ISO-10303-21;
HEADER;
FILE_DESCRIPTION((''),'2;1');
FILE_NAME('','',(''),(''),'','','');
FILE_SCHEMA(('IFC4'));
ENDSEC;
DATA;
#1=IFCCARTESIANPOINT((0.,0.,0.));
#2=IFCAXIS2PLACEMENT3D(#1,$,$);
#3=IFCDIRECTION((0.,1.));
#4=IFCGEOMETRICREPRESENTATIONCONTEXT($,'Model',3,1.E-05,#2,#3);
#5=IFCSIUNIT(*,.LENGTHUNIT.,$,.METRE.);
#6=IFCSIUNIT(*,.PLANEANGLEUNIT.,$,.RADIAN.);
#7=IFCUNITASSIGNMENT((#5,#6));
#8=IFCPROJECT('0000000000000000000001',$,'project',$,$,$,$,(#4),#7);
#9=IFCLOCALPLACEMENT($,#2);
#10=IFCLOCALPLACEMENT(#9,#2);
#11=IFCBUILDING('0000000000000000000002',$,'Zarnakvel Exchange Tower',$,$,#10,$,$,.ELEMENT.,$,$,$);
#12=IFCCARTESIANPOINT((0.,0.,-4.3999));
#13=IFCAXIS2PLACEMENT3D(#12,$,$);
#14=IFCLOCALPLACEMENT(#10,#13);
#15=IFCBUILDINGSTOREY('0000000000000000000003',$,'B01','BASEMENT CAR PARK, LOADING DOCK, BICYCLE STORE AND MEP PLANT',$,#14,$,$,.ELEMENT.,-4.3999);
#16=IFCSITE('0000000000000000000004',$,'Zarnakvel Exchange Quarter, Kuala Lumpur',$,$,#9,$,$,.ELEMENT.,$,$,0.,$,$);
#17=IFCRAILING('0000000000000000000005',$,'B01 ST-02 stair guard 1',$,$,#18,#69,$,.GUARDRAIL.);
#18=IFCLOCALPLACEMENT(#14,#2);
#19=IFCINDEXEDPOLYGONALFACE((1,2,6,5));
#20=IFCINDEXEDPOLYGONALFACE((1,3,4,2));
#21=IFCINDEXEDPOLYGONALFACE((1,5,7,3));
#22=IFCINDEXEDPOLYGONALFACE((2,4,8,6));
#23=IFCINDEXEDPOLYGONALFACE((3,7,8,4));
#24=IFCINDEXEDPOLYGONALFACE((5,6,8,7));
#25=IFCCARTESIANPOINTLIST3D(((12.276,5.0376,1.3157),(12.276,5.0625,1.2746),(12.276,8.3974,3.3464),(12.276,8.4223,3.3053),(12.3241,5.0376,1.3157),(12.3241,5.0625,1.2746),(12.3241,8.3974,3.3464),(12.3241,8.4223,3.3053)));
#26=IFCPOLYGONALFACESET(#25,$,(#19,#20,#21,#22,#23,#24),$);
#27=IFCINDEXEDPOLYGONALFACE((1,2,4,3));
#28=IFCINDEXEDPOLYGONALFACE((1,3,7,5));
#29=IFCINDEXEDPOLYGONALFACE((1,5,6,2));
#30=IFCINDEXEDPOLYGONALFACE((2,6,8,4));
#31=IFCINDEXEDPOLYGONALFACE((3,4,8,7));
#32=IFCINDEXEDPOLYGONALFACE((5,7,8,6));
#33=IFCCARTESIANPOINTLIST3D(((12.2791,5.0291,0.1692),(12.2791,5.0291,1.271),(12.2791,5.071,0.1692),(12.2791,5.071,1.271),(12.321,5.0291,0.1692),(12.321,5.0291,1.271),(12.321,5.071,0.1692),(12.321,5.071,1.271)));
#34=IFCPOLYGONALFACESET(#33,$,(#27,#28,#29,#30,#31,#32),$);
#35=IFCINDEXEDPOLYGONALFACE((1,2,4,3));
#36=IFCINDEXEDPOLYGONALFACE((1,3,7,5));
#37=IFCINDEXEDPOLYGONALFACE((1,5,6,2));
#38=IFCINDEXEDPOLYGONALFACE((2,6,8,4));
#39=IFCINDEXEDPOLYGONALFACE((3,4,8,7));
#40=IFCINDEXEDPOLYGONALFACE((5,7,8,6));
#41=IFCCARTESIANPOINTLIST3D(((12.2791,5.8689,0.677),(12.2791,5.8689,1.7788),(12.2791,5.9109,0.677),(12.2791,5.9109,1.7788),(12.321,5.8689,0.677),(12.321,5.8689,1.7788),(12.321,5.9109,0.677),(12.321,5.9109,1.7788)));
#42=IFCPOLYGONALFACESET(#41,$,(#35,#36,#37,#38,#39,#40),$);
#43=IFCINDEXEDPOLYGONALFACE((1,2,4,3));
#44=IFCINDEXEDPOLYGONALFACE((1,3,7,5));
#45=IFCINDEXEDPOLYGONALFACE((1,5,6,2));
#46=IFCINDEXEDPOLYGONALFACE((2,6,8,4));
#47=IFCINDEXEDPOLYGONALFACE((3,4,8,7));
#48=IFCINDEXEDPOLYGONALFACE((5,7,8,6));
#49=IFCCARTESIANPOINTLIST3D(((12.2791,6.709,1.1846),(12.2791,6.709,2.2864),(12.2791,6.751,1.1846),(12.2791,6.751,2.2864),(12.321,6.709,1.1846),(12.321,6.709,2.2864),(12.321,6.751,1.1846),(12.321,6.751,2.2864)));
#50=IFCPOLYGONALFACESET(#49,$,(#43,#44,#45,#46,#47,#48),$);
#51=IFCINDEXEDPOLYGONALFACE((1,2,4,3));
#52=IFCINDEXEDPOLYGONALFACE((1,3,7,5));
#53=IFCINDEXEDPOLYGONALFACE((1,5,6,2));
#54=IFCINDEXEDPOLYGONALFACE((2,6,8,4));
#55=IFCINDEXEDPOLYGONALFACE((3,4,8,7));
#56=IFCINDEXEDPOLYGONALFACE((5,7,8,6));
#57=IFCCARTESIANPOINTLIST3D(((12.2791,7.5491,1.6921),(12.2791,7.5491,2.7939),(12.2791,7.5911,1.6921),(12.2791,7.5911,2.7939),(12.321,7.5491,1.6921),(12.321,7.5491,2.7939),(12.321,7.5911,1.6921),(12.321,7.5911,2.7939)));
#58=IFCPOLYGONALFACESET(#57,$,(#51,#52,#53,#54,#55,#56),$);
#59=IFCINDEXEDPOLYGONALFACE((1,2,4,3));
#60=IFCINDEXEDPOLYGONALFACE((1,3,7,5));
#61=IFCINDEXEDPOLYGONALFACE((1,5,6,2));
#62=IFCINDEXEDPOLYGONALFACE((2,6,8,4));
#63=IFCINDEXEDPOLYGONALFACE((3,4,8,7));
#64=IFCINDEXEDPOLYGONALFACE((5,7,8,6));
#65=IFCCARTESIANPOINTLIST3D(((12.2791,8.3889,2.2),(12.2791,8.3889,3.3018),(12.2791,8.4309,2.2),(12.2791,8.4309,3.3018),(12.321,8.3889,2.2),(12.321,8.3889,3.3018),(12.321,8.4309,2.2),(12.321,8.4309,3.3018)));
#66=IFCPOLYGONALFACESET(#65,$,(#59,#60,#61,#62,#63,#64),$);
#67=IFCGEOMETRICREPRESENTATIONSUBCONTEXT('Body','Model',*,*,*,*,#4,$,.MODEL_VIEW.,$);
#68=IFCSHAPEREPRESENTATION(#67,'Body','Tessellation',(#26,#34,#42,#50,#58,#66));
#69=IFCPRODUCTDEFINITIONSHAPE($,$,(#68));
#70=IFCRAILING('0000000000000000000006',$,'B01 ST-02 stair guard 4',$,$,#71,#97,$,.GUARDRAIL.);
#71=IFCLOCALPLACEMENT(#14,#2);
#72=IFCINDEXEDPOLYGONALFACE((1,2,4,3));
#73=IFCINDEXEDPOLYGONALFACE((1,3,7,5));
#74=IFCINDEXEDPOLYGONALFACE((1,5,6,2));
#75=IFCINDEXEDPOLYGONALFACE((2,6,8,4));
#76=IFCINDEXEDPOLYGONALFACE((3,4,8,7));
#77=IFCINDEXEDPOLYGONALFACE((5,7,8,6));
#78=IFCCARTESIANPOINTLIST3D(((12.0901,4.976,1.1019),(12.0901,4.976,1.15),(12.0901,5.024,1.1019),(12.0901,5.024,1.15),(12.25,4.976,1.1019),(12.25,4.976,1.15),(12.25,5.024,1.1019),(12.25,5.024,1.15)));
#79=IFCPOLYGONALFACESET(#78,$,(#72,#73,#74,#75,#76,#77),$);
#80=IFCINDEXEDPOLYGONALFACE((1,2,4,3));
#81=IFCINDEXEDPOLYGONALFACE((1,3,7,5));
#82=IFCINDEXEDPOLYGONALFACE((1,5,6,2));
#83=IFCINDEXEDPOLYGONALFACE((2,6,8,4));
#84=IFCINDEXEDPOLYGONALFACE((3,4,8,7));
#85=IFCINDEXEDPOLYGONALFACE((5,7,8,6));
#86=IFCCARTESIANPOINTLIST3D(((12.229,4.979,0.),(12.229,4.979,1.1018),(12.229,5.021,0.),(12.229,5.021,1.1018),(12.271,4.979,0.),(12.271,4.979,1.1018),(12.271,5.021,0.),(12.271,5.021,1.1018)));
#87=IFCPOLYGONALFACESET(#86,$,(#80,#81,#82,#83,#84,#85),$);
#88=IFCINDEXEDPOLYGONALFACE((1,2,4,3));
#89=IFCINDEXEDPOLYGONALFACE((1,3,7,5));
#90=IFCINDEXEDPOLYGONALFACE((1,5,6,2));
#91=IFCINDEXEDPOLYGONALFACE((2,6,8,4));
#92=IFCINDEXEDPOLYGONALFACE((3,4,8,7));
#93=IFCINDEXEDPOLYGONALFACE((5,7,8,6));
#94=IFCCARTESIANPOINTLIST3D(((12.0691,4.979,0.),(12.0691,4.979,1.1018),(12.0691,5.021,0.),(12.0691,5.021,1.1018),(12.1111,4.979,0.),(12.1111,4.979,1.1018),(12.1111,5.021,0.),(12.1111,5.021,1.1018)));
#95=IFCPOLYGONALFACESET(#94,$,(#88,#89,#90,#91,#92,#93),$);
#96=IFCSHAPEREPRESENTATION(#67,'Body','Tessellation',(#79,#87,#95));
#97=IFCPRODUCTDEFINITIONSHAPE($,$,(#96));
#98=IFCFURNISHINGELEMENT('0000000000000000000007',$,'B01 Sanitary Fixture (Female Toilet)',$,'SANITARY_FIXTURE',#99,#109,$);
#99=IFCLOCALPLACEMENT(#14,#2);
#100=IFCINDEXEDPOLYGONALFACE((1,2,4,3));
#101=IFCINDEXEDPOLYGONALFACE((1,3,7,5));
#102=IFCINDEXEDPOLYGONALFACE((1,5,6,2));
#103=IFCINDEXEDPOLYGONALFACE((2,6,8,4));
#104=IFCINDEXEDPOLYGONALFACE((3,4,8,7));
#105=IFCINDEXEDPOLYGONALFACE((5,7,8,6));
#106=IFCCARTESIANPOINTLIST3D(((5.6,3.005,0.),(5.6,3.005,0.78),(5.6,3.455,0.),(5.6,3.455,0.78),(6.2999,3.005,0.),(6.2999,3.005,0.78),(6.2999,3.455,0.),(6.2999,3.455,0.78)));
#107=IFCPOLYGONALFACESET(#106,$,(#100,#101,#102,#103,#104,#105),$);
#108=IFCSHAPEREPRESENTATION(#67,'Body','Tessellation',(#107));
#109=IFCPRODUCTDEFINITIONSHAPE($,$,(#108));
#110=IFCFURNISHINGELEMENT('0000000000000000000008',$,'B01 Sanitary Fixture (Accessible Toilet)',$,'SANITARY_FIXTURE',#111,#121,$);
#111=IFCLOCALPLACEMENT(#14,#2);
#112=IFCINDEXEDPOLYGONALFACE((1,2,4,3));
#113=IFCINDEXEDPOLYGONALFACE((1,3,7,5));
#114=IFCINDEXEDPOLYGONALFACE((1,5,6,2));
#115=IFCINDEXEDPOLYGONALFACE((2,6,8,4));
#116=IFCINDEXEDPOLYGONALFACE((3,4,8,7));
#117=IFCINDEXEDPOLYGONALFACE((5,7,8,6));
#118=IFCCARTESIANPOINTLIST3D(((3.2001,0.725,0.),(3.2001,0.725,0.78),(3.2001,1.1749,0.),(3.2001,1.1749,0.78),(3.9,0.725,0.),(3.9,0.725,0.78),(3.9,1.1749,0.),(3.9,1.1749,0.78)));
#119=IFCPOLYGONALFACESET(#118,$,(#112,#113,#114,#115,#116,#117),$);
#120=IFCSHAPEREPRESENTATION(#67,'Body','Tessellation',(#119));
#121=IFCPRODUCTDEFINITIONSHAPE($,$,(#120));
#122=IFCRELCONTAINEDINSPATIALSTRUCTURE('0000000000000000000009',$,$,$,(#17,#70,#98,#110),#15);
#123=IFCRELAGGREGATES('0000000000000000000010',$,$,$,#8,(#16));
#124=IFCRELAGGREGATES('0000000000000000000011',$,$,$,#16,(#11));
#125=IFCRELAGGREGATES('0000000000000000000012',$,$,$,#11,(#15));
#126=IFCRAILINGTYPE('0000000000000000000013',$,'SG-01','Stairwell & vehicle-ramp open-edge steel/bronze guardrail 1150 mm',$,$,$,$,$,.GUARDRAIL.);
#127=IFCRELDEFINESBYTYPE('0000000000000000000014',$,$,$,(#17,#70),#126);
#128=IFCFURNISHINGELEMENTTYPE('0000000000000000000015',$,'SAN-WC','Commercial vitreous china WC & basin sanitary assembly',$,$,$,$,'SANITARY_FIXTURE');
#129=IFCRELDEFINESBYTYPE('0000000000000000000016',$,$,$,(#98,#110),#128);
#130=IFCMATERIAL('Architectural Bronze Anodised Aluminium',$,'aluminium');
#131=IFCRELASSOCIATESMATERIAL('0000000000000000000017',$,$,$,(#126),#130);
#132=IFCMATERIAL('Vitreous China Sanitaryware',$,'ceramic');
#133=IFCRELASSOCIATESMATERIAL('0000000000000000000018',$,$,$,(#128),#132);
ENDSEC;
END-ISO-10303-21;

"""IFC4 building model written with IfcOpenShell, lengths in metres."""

from ifc_helpers import new_model, si_unit, direction, frame, origin, origin_2d, place, context, subcontext, project, spatial, rectangle, extrude, source, transform, mapped, material, type_object, element, save


model = new_model("IFC4")

# Units and contexts
model_context = context("Model", 3, precision=1e-05, world=origin(), true_north=direction((0.0, 1.0)))
body_context = subcontext(model_context, "Body", "Model", "MODEL_VIEW")
ifc_project = project(units=[si_unit("LENGTHUNIT", "METRE"), si_unit("PLANEANGLEUNIT", "RADIAN")], contexts=[model_context])

# Site, building, storey
site_placement = place(None, origin())
site = spatial("IfcSite", under=ifc_project, at=site_placement, Name="Zarnakvel Exchange Quarter, Kuala Lumpur", CompositionType="ELEMENT", RefElevation=0.0)
building_placement = place(site_placement, origin())
building = spatial("IfcBuilding", under=site, at=building_placement, Name="Zarnakvel Exchange Tower", CompositionType="ELEMENT")
storey_placement = place(building_placement, frame((0.0, 0.0, -4.3999)))
storey = spatial("IfcBuildingStorey", under=building, at=storey_placement, Name="B01", Description="BASEMENT CAR PARK, LOADING DOCK, BICYCLE STORE AND MEP PLANT", CompositionType="ELEMENT", Elevation=-4.3999)

# Railings
ifc_material_1 = material(Name="Architectural Bronze Anodised Aluminium", Category="aluminium")
railing_type = type_object("IfcRailingType", Name="SG-01", Description="Stairwell & vehicle-ramp open-edge steel/bronze guardrail 1150 mm", PredefinedType="GUARDRAIL", material=ifc_material_1)
railing_1_placement = place(storey_placement, frame((12.3, 5.05, 0.1692)))
element("IfcRailing", 1, at=railing_1_placement, inside=storey, type_object=railing_type, Name="B01 ST-02 stair guard 1", PredefinedType="GUARDRAIL", context=body_context, shape_type="SweptSolid", body=[
    extrude(rectangle(XDim=0.0481, YDim=0.0481, at=origin_2d()), frame((0.0, 0.0, 1.126), z_axis=(0.0, 0.85582, 0.517273), x_axis=(-1.0, 0.0, 0.0)), (0.0, 0.0, 1.0), 3.9258),
    extrude(rectangle(XDim=0.042, YDim=0.042, at=origin_2d()), origin(), (0.0, 0.0, 1.0), 1.1018),
    extrude(rectangle(XDim=0.042, YDim=0.042, at=origin_2d()), frame((0.0, 0.8398, 0.5078)), (0.0, 0.0, 1.0), 1.1018),
    extrude(rectangle(XDim=0.042, YDim=0.042, at=origin_2d()), frame((0.0, 1.6799, 1.0154)), (0.0, 0.0, 1.0), 1.1018),
    extrude(rectangle(XDim=0.042, YDim=0.042, at=origin_2d()), frame((0.0, 2.52, 1.5229)), (0.0, 0.0, 1.0), 1.1018),
    extrude(rectangle(XDim=0.042, YDim=0.042, at=origin_2d()), frame((0.0, 3.3599, 2.0308)), (0.0, 0.0, 1.0), 1.1018),
])
railing_2_placement = place(storey_placement, frame((12.25, 5.0, 0.0)))
element("IfcRailing", 2, at=railing_2_placement, inside=storey, type_object=railing_type, Name="B01 ST-02 stair guard 4", PredefinedType="GUARDRAIL", context=body_context, shape_type="SweptSolid", body=[
    extrude(rectangle(XDim=0.0481, YDim=0.0481, at=origin_2d()), frame((0.0, 0.0, 1.126), z_axis=(-1.0, 0.0, 0.0), x_axis=(0.0, -1.0, 0.0)), (0.0, 0.0, 1.0), 0.1599),
    extrude(rectangle(XDim=0.042, YDim=0.042, at=origin_2d()), origin(), (0.0, 0.0, 1.0), 1.1018),
    extrude(rectangle(XDim=0.042, YDim=0.042, at=origin_2d()), frame((-0.1599, 0.0, 0.0)), (0.0, 0.0, 1.0), 1.1018),
])

# Furnishing elements
ifc_material_2 = material(Name="Vitreous China Sanitaryware", Category="ceramic")
furnishing_element_type = type_object("IfcFurnishingElementType", Name="SAN-WC", Description="Commercial vitreous china WC & basin sanitary assembly", ElementType="SANITARY_FIXTURE", material=ifc_material_2)
shared_shape_1 = source(origin(), body_context, "Body", "SweptSolid", [
    extrude(rectangle(XDim=0.7, YDim=0.45, at=origin_2d()), origin(), (0.0, 0.0, 1.0), 0.78),
])
for number, where, z_axis, x_axis, name in (
    (3, (5.95, 3.23, 0.0), (0.0, 0.0, 1.0), (1.0, 0.0, 0.0), "B01 Sanitary Fixture (Female Toilet)"),
    (4, (3.55, 0.95, 0.0), (0.0, 0.0, 1.0), (1.0, 0.0, 0.0), "B01 Sanitary Fixture (Accessible Toilet)"),
):
    element("IfcFurnishingElement", number, at=place(storey_placement, frame(where, z_axis=z_axis, x_axis=x_axis)), inside=storey, type_object=furnishing_element_type, Name=name, ObjectType="SANITARY_FIXTURE", context=body_context, shape_type="MappedRepresentation", body=[
        mapped(shared_shape_1, transform((0.0, 0.0, 0.0), x_axis=(1.0, 0.0, 0.0), y_axis=(0.0, 1.0, 0.0), z_axis=(0.0, 0.0, 1.0), scale=1.0)),
    ])

save(model, "model.ifc")
